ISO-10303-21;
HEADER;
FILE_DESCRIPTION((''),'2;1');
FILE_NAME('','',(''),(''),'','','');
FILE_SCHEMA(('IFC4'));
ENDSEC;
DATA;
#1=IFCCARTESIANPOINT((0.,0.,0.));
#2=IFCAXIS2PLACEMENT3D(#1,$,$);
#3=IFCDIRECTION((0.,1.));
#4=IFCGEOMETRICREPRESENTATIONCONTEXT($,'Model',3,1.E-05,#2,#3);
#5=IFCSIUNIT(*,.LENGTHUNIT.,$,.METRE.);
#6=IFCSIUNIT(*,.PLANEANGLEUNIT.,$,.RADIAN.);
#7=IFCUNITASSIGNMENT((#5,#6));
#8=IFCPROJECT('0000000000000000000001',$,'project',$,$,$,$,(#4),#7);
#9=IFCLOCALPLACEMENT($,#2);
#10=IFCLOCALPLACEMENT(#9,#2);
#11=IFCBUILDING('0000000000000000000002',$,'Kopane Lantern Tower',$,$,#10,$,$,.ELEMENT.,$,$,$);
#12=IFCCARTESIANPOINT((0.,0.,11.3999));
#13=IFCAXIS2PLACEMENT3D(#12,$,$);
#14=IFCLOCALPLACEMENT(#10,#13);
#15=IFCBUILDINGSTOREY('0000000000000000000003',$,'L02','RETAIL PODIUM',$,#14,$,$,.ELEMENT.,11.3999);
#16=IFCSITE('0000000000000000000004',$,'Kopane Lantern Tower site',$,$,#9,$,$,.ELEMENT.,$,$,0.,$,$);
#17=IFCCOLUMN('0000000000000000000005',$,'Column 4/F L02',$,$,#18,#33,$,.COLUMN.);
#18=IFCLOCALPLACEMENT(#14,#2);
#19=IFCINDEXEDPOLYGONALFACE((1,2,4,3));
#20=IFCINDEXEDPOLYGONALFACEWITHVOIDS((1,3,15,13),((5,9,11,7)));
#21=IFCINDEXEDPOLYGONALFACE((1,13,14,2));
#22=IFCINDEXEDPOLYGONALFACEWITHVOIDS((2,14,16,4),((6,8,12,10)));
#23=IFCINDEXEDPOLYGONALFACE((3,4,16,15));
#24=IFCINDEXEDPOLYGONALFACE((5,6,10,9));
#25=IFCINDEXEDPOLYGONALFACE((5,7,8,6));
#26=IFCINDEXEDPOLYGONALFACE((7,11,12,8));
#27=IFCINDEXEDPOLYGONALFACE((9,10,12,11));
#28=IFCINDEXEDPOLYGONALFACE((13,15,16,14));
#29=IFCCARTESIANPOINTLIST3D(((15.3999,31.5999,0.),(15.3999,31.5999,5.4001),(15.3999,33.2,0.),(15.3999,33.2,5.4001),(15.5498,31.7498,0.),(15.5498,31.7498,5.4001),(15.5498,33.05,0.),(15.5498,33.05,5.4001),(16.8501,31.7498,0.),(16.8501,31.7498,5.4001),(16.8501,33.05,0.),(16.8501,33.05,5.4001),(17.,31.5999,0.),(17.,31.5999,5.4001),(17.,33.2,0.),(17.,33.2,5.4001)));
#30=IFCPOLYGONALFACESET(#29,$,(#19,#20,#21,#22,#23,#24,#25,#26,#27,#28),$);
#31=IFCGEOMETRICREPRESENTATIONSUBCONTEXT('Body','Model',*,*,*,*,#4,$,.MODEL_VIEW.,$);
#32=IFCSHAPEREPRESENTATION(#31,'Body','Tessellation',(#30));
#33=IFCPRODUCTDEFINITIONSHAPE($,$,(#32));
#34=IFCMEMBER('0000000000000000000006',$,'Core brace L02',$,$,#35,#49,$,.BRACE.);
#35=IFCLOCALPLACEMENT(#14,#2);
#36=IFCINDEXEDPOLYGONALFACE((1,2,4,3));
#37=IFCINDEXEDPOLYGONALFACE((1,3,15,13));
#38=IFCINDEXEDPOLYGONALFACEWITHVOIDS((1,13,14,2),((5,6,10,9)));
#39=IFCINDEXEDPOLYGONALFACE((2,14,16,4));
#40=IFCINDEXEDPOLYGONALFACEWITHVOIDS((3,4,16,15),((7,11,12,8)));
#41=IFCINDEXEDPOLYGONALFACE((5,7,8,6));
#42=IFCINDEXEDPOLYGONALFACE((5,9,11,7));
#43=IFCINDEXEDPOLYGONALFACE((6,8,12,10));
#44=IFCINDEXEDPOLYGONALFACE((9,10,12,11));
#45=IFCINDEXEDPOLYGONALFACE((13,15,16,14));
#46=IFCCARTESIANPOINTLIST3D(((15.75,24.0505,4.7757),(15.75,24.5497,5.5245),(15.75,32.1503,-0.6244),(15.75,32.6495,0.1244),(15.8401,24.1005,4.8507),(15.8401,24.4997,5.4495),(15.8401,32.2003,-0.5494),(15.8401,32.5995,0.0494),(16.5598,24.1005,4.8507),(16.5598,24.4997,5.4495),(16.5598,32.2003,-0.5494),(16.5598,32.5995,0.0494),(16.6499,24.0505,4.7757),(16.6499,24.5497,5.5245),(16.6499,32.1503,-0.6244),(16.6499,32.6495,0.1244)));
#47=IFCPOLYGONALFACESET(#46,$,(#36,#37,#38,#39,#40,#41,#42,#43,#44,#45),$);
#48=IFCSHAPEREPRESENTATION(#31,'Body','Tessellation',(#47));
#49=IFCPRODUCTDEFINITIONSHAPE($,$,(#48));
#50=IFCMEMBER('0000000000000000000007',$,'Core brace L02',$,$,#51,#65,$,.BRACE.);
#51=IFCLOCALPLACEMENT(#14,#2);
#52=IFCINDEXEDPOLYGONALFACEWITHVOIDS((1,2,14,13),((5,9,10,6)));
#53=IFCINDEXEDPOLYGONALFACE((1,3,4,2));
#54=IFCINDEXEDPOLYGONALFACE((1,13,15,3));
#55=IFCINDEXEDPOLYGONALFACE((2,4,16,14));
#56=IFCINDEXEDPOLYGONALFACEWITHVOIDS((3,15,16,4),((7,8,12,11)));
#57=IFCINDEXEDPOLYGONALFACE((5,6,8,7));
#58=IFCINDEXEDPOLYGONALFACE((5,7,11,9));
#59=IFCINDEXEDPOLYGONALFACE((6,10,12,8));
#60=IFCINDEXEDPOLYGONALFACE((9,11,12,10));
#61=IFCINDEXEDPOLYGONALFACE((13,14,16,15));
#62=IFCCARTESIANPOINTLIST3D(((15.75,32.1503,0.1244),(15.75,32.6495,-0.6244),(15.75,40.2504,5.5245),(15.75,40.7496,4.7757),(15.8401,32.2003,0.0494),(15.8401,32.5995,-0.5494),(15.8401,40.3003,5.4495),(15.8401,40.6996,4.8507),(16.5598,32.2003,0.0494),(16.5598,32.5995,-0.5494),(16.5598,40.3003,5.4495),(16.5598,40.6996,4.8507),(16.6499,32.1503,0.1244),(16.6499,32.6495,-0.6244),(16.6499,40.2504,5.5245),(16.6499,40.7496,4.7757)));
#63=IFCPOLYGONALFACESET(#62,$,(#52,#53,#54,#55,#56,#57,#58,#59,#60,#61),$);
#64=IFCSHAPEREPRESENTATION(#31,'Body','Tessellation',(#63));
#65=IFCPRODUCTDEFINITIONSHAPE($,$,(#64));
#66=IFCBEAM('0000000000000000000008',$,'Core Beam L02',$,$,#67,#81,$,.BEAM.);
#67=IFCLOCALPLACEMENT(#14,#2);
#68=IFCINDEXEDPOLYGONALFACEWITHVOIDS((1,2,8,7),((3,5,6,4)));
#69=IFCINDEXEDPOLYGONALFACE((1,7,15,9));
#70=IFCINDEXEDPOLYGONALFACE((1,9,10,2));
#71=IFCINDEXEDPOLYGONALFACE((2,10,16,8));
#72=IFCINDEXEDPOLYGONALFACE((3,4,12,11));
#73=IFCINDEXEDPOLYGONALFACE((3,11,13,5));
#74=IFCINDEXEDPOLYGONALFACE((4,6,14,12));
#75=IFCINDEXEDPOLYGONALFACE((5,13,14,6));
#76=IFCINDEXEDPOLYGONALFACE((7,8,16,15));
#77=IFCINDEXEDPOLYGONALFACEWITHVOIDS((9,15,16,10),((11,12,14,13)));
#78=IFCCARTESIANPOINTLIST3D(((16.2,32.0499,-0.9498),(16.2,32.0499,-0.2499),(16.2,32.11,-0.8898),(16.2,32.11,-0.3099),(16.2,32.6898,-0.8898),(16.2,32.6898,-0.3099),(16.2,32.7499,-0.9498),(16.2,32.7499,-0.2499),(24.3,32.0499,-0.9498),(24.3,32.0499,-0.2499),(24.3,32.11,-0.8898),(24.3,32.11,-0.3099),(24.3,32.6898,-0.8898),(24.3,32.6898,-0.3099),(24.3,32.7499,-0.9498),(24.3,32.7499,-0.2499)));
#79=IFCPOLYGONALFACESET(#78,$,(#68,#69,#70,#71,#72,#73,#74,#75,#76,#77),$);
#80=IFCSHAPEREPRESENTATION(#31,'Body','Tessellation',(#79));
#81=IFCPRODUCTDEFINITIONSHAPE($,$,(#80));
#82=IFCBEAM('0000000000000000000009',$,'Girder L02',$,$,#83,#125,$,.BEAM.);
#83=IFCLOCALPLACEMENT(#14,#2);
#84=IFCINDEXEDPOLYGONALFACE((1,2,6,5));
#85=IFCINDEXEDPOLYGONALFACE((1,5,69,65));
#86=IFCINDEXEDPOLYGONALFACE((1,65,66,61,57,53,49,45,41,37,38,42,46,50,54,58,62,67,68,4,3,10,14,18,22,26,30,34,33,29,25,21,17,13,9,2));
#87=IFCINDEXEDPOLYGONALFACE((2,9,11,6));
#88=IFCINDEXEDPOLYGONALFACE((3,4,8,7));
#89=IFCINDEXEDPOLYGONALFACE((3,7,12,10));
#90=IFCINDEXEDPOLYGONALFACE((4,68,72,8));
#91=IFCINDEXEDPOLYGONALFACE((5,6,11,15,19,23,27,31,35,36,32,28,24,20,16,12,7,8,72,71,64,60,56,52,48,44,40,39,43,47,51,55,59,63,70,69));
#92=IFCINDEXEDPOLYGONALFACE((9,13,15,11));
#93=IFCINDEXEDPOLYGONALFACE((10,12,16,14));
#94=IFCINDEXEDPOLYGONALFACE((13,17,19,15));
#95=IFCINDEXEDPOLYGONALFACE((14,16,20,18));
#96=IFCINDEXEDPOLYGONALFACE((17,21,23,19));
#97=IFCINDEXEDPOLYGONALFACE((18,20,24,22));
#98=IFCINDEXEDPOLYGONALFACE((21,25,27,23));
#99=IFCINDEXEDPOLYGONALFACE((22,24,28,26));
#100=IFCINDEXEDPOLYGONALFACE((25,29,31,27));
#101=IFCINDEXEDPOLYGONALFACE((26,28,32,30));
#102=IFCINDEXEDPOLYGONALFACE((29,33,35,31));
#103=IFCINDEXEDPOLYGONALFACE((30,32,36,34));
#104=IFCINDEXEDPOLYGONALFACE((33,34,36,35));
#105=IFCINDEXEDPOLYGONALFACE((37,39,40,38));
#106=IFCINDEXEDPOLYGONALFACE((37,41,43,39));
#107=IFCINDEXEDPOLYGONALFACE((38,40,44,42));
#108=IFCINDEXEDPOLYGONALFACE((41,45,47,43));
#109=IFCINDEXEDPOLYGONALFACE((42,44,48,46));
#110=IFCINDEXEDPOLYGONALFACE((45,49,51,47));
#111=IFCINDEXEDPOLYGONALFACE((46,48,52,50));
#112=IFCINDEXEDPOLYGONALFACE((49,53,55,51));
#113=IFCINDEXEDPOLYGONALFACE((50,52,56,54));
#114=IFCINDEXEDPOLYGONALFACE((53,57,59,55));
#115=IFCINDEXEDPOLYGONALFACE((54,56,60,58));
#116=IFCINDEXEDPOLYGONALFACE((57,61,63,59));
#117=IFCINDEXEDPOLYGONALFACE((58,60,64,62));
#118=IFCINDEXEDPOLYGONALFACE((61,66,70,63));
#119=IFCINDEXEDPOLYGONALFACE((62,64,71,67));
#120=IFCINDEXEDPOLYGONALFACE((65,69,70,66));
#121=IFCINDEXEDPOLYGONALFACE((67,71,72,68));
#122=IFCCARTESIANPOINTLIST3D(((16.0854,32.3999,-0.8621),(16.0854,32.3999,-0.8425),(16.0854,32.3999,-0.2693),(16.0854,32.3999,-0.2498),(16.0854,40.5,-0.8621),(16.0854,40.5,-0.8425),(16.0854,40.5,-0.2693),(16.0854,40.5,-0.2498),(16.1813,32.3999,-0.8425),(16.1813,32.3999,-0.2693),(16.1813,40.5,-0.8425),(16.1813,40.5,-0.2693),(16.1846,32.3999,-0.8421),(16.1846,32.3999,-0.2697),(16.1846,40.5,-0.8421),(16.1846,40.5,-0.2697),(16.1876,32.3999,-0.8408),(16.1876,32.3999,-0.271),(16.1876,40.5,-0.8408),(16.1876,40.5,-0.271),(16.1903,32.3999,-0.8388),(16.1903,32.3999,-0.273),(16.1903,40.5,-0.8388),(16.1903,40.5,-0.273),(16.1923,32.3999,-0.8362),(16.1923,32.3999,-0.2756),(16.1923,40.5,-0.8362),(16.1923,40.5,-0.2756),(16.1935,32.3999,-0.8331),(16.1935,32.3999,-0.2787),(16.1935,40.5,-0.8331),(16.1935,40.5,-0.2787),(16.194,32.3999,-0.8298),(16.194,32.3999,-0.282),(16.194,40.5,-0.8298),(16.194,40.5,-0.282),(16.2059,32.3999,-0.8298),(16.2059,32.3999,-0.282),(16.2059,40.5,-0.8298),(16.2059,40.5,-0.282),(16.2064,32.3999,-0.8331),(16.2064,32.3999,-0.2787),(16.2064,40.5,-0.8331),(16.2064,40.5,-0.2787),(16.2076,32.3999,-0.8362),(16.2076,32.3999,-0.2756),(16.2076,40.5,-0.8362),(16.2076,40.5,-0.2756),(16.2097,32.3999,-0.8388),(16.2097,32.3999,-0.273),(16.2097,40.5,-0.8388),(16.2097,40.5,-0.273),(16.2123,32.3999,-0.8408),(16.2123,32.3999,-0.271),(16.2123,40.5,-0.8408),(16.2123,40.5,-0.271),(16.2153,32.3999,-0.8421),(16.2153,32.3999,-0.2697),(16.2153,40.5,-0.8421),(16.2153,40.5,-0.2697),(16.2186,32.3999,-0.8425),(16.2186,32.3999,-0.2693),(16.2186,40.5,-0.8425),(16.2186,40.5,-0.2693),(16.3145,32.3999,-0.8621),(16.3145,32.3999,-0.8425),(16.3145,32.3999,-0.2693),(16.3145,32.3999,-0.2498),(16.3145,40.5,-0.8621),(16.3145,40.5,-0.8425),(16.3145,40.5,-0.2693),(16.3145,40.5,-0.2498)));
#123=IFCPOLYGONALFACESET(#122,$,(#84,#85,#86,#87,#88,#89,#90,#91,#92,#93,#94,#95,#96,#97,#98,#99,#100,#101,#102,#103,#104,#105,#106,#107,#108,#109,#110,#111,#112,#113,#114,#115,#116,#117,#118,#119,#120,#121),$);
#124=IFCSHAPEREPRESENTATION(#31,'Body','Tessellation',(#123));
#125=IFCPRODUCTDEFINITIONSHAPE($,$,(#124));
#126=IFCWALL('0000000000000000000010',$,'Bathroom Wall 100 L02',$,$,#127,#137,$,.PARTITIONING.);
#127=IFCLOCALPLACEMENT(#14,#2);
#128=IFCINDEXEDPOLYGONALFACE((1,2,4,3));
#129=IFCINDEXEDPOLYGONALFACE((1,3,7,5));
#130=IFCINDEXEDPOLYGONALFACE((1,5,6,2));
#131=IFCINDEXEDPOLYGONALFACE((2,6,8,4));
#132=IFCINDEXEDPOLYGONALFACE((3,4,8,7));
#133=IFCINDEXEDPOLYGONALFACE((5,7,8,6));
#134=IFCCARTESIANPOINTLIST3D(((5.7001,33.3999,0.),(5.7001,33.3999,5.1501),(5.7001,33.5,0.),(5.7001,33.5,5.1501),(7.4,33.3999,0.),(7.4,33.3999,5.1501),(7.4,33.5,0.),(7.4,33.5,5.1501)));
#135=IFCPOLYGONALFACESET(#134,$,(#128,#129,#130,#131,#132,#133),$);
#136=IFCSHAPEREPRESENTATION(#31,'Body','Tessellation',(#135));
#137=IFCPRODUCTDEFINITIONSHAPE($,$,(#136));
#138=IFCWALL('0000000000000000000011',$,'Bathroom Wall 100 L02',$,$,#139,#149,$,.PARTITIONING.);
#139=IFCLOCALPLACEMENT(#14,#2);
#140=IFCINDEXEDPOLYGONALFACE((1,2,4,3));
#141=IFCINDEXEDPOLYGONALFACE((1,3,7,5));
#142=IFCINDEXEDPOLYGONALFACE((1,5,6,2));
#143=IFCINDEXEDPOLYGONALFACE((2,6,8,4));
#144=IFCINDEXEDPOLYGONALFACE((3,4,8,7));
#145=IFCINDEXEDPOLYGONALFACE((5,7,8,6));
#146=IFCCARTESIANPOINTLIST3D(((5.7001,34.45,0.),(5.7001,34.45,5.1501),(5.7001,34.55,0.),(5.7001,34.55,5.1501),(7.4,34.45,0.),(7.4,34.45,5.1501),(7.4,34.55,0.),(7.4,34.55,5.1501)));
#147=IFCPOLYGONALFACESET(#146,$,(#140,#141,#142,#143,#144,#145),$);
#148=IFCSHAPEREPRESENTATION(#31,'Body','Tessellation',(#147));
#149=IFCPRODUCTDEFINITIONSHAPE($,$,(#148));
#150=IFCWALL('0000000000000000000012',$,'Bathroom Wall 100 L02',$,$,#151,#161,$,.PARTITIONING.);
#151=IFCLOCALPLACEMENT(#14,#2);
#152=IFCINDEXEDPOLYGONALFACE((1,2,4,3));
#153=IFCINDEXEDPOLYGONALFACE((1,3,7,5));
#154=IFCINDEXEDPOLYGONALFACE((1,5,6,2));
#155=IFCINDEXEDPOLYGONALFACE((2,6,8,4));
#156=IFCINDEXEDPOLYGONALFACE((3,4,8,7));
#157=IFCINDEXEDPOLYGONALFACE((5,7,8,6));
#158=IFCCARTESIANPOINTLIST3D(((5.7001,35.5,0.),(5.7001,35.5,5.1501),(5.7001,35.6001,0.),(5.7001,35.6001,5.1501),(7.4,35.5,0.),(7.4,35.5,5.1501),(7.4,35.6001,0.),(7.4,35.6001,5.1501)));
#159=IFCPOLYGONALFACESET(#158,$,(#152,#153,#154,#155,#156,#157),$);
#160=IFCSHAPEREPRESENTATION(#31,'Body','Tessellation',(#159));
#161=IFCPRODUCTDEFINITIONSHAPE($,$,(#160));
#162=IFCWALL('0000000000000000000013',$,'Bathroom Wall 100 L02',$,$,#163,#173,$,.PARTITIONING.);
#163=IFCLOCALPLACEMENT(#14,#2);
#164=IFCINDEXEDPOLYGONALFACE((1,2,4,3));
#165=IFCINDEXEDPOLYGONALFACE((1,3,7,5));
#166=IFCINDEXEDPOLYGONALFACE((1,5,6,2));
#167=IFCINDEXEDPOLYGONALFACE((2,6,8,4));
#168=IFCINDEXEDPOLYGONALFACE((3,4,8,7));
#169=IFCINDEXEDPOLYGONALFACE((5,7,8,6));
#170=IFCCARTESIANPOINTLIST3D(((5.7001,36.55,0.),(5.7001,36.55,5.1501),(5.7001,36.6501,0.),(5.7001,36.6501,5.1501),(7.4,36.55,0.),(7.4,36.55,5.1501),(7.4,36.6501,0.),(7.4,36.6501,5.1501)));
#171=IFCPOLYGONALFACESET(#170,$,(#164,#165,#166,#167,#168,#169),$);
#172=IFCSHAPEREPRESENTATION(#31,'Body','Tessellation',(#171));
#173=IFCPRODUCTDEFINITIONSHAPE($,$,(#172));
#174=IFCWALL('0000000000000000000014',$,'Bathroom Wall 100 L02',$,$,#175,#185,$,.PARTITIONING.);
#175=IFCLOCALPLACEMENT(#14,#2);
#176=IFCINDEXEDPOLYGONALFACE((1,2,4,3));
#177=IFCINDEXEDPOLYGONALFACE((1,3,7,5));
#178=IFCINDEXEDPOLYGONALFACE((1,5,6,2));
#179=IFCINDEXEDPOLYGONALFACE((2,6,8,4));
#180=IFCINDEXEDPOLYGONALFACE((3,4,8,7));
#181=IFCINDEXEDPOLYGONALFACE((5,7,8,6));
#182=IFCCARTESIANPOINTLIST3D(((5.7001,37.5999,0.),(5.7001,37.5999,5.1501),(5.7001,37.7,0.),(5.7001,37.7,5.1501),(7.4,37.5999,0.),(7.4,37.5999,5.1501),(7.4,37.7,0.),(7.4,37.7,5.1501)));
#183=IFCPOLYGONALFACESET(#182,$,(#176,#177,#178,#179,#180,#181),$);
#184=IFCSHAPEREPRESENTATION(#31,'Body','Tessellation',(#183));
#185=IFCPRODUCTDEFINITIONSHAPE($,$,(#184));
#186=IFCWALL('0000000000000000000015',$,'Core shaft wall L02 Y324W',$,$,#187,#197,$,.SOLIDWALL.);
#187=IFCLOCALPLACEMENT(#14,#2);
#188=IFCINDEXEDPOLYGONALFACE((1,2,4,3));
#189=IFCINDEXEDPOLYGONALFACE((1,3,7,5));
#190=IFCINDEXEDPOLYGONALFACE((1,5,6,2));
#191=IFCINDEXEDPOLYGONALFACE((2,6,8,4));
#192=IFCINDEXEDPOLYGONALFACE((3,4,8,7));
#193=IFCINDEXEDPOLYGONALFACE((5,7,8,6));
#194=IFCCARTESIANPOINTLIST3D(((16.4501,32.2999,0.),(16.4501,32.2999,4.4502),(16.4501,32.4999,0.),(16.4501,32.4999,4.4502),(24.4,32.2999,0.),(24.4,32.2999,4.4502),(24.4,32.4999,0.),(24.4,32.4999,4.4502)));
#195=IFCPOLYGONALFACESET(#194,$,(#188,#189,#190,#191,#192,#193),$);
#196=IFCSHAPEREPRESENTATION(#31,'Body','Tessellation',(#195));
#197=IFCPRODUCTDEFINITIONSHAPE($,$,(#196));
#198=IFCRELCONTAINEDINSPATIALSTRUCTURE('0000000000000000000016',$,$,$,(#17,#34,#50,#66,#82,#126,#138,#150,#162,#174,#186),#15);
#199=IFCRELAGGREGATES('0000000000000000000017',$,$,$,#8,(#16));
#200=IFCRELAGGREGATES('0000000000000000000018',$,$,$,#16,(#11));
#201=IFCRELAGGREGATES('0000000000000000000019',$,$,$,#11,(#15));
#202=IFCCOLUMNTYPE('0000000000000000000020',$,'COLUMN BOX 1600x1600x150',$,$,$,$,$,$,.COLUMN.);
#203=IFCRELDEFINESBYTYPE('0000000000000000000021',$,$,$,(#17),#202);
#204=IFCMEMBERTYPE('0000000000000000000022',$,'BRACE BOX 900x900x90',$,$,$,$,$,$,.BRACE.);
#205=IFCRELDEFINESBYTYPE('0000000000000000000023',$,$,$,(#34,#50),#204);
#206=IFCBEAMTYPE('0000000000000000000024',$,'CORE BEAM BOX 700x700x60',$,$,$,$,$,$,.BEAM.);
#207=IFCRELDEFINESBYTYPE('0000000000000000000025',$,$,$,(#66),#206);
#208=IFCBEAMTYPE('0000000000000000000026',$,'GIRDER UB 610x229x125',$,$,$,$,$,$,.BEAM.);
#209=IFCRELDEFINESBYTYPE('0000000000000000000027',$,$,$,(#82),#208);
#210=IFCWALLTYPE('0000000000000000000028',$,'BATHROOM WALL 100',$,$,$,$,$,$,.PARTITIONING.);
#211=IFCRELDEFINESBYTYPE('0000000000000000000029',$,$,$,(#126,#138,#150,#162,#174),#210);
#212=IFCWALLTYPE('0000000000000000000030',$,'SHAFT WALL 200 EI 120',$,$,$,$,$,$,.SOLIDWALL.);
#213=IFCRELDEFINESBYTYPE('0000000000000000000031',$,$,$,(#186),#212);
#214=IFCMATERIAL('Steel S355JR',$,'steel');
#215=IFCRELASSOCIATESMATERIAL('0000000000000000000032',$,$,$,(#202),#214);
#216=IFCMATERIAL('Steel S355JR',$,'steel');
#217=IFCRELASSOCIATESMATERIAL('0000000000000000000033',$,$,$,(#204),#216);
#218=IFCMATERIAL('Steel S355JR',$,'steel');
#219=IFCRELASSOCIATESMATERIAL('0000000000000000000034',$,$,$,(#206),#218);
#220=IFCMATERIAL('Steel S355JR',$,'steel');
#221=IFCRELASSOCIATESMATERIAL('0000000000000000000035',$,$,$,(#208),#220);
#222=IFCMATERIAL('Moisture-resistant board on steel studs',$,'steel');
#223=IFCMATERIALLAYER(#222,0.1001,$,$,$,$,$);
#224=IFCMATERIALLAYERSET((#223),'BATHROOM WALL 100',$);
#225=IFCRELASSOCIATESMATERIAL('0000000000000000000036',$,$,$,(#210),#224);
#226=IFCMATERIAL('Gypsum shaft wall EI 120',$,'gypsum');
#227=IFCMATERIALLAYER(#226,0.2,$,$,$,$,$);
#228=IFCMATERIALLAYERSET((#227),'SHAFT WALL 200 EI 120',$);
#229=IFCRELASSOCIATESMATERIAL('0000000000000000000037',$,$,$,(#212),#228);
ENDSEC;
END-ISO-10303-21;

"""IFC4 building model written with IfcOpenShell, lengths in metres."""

from ifc_helpers import new_model, si_unit, direction, frame, frame_2d, origin, origin_2d, place, context, subcontext, project, spatial, rectangle, hollow_rectangle, i_section, extrude, material, layer, layer_set, material_profile, profile_set, type_object, element, save


model = new_model("IFC4")

# Units and contexts
model_context = context("Model", 3, precision=1e-05, world=origin(), true_north=direction((0.0, 1.0)))
body_context = subcontext(model_context, "Body", "Model", "MODEL_VIEW")
ifc_project = project(units=[si_unit("LENGTHUNIT", "METRE"), si_unit("PLANEANGLEUNIT", "RADIAN")], contexts=[model_context])

# Site, building, storey
site_placement = place(None, origin())
site = spatial("IfcSite", under=ifc_project, at=site_placement, Name="Kopane Lantern Tower site", CompositionType="ELEMENT", RefElevation=0.0)
building_placement = place(site_placement, origin())
building = spatial("IfcBuilding", under=site, at=building_placement, Name="Kopane Lantern Tower", CompositionType="ELEMENT")
storey_placement = place(building_placement, frame((0.0, 0.0, 11.3999)))
storey = spatial("IfcBuildingStorey", under=building, at=storey_placement, Name="L02", Description="RETAIL PODIUM", CompositionType="ELEMENT", Elevation=11.3999)

# Column
ifc_material_1 = material(Name="Steel S355JR", Category="steel")
ifc_material_profile_1 = material_profile(ifc_material_1, hollow_rectangle(XDim=1.6001, YDim=1.6001, WallThickness=0.1499, at=origin_2d()), Name="BOX 1600x1600x150")
ifc_profile_set_1 = profile_set([ifc_material_profile_1], Name="Steel S355JR")
column_type = type_object("IfcColumnType", Name="COLUMN BOX 1600x1600x150", PredefinedType="COLUMN", material=ifc_profile_set_1)
column_placement = place(storey_placement, frame((16.2, 32.3999, 0.0), z_axis=(0.0, 0.0, 1.0), x_axis=(1.0, 0.0, 0.0)))
element("IfcColumn", 1, at=column_placement, inside=storey, type_object=column_type, Name="Column 4/F L02", PredefinedType="COLUMN", context=body_context, shape_type="SweptSolid", body=[
    extrude(hollow_rectangle(XDim=1.6001, YDim=1.6001, WallThickness=0.1499, at=origin_2d()), origin(), (0.0, 0.0, 1.0), 5.4001),
])

# Members
ifc_material_2 = material(Name="Steel S355JR", Category="steel")
ifc_material_profile_2 = material_profile(ifc_material_2, hollow_rectangle(XDim=0.8999, YDim=0.8999, WallThickness=0.0901, at=origin_2d()), Name="BOX 900x900x90")
ifc_profile_set_2 = profile_set([ifc_material_profile_2], Name="Steel S355JR")
member_type = type_object("IfcMemberType", Name="BRACE BOX 900x900x90", PredefinedType="BRACE", material=ifc_profile_set_2)
member_1_placement = place(storey_placement, frame((16.2, 32.3999, -0.25), z_axis=(0.0, -0.832039, 0.554718), x_axis=(1.0, 0.0, 0.0)))
element("IfcMember", 2, at=member_1_placement, inside=storey, type_object=member_type, Name="Core brace L02", PredefinedType="BRACE", context=body_context, shape_type="SweptSolid", body=[
    extrude(hollow_rectangle(XDim=0.8999, YDim=0.8999, WallThickness=0.0901, at=origin_2d()), origin(), (0.0, 0.0, 1.0), 9.7349),
])
member_2_placement = place(storey_placement, frame((16.2, 32.3999, -0.25), z_axis=(0.0, 0.832046, 0.554706), x_axis=(-1.0, 0.0, 0.0)))
element("IfcMember", 3, at=member_2_placement, inside=storey, type_object=member_type, Name="Core brace L02", PredefinedType="BRACE", context=body_context, shape_type="SweptSolid", body=[
    extrude(hollow_rectangle(XDim=0.8999, YDim=0.8999, WallThickness=0.0901, at=origin_2d()), origin(), (0.0, 0.0, 1.0), 9.7351),
])

# Beams
ifc_material_3 = material(Name="Steel S355JR", Category="steel")
ifc_material_profile_3 = material_profile(ifc_material_3, hollow_rectangle(XDim=0.7, YDim=0.7, WallThickness=0.0601, at=origin_2d()), Name="BOX 700x700x60")
ifc_profile_set_3 = profile_set([ifc_material_profile_3], Name="Steel S355JR")
beam_type_1 = type_object("IfcBeamType", Name="CORE BEAM BOX 700x700x60", PredefinedType="BEAM", material=ifc_profile_set_3)
beam_1_placement = place(storey_placement, frame((16.2, 32.3999, -0.5999), z_axis=(1.0, 0.0, 0.0), x_axis=(0.0, 1.0, 0.0)))
element("IfcBeam", 4, at=beam_1_placement, inside=storey, type_object=beam_type_1, Name="Core Beam L02", PredefinedType="BEAM", context=body_context, shape_type="SweptSolid", body=[
    extrude(hollow_rectangle(XDim=0.7, YDim=0.7, WallThickness=0.0601, at=origin_2d()), origin(), (0.0, 0.0, 1.0), 8.1001),
])
ifc_material_4 = material(Name="Steel S355JR", Category="steel")
ifc_material_profile_4 = material_profile(ifc_material_4, i_section(OverallWidth=0.229, OverallDepth=0.6123, WebThickness=0.012, FlangeThickness=0.0195, FilletRadius=0.0127, at=origin_2d()), Name="UB 610x229x125")
ifc_profile_set_4 = profile_set([ifc_material_profile_4], Name="Steel S355JR")
beam_type_2 = type_object("IfcBeamType", Name="GIRDER UB 610x229x125", PredefinedType="BEAM", material=ifc_profile_set_4)
beam_2_placement = place(storey_placement, frame((16.2, 32.3999, -0.5559), z_axis=(0.0, 1.0, 0.0), x_axis=(-1.0, 0.0, 0.0)))
element("IfcBeam", 5, at=beam_2_placement, inside=storey, type_object=beam_type_2, Name="Girder L02", PredefinedType="BEAM", context=body_context, shape_type="SweptSolid", body=[
    extrude(i_section(OverallWidth=0.229, OverallDepth=0.6123, WebThickness=0.012, FlangeThickness=0.0195, FilletRadius=0.0127, at=origin_2d()), origin(), (0.0, 0.0, 1.0), 8.1001),
])

# Walls
ifc_material_5 = material(Name="Moisture-resistant board on steel studs", Category="steel")
ifc_layer_1 = layer(ifc_material_5, 0.1001)
ifc_layer_set_1 = layer_set([ifc_layer_1], Name="BATHROOM WALL 100")
wall_type_1 = type_object("IfcWallType", Name="BATHROOM WALL 100", PredefinedType="PARTITIONING", material=ifc_layer_set_1)
for number, where, z_axis, x_axis, name in (
    (6, (5.7, 33.45, 0.0), (0.0, 0.0, 1.0), (1.0, 0.0, 0.0), "Bathroom Wall 100 L02"),
    (7, (5.7, 34.5, 0.0), (0.0, 0.0, 1.0), (1.0, 0.0, 0.0), "Bathroom Wall 100 L02"),
    (8, (5.7, 35.55, 0.0), (0.0, 0.0, 1.0), (1.0, 0.0, 0.0), "Bathroom Wall 100 L02"),
    (9, (5.7, 36.6001, 0.0), (0.0, 0.0, 1.0), (1.0, 0.0, 0.0), "Bathroom Wall 100 L02"),
    (10, (5.7, 37.6499, 0.0), (0.0, 0.0, 1.0), (1.0, 0.0, 0.0), "Bathroom Wall 100 L02"),
):
    element("IfcWall", number, at=place(storey_placement, frame(where, z_axis=z_axis, x_axis=x_axis)), inside=storey, type_object=wall_type_1, Name=name, PredefinedType="PARTITIONING", context=body_context, shape_type="SweptSolid", body=[
        extrude(rectangle(XDim=1.7, YDim=0.1001, at=frame_2d((0.8501, 0.0))), origin(), (0.0, 0.0, 1.0), 5.1501),
    ])
ifc_material_6 = material(Name="Gypsum shaft wall EI 120", Category="gypsum")
ifc_layer_2 = layer(ifc_material_6, 0.2)
ifc_layer_set_2 = layer_set([ifc_layer_2], Name="SHAFT WALL 200 EI 120")
wall_type_2 = type_object("IfcWallType", Name="SHAFT WALL 200 EI 120", PredefinedType="SOLIDWALL", material=ifc_layer_set_2)
wall_1_placement = place(storey_placement, frame((16.45, 32.3999, 0.0), z_axis=(0.0, 0.0, 1.0), x_axis=(1.0, 0.0, 0.0)))
element("IfcWall", 11, at=wall_1_placement, inside=storey, type_object=wall_type_2, Name="Core shaft wall L02 Y324W", PredefinedType="SOLIDWALL", context=body_context, shape_type="SweptSolid", body=[
    extrude(rectangle(XDim=7.95, YDim=0.2, at=frame_2d((3.9751, 0.0))), origin(), (0.0, 0.0, 1.0), 4.4502),
])

save(model, "model.ifc")
